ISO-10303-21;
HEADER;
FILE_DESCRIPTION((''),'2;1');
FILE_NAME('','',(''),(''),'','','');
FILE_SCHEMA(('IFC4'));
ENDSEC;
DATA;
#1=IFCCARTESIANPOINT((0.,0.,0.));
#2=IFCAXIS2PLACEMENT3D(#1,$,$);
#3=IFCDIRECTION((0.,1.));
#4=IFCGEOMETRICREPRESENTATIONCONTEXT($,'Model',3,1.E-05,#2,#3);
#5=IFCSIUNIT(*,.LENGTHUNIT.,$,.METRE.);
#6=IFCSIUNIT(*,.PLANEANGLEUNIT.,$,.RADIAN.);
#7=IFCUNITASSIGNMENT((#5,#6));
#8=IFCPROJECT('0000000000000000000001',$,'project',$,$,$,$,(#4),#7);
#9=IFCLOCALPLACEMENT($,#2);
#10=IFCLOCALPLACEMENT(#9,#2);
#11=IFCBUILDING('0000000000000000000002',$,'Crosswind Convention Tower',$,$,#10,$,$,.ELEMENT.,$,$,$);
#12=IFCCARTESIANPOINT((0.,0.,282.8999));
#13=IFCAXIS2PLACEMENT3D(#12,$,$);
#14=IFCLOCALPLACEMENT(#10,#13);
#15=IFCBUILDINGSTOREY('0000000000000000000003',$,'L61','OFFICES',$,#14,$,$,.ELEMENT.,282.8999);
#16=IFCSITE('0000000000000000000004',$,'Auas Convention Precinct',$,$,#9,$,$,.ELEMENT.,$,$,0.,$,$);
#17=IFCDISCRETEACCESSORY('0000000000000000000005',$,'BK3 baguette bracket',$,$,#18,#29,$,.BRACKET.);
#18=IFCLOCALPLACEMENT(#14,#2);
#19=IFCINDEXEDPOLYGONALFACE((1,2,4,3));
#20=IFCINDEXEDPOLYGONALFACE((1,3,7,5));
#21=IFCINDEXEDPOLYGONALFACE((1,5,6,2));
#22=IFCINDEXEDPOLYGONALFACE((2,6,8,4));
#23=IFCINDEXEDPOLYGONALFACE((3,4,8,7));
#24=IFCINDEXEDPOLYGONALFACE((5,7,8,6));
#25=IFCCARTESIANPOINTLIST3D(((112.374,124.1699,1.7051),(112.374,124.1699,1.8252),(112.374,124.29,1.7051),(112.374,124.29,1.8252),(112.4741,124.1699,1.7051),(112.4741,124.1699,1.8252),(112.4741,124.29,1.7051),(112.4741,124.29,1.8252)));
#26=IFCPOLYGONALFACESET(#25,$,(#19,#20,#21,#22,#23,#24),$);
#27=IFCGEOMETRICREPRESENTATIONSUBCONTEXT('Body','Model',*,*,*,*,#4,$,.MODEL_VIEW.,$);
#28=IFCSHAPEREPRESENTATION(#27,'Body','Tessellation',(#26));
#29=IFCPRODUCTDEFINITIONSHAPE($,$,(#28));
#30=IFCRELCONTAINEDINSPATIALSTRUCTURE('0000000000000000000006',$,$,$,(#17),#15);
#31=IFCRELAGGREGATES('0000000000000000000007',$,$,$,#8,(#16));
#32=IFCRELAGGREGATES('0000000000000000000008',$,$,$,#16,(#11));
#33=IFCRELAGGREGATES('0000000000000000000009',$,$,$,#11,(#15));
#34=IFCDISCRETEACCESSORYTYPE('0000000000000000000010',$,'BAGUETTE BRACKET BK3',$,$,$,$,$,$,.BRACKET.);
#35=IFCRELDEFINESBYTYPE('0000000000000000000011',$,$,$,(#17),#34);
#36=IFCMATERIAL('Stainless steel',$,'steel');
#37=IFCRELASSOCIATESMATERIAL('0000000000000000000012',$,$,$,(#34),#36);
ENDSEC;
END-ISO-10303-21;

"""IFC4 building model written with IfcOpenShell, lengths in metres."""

from ifc_helpers import new_model, si_unit, direction, frame, origin, origin_2d, place, context, subcontext, project, spatial, rectangle, extrude, material, type_object, element, save


model = new_model("IFC4")

# Units and contexts
model_context = context("Model", 3, precision=1e-05, world=origin(), true_north=direction((0.0, 1.0)))
body_context = subcontext(model_context, "Body", "Model", "MODEL_VIEW")
ifc_project = project(units=[si_unit("LENGTHUNIT", "METRE"), si_unit("PLANEANGLEUNIT", "RADIAN")], contexts=[model_context])

# Site, building, storey
site_placement = place(None, origin())
site = spatial("IfcSite", under=ifc_project, at=site_placement, Name="Auas Convention Precinct", CompositionType="ELEMENT", RefElevation=0.0)
building_placement = place(site_placement, origin())
building = spatial("IfcBuilding", under=site, at=building_placement, Name="Crosswind Convention Tower", CompositionType="ELEMENT")
storey_placement = place(building_placement, frame((0.0, 0.0, 282.8999)))
storey = spatial("IfcBuildingStorey", under=building, at=storey_placement, Name="L61", Description="OFFICES", CompositionType="ELEMENT", Elevation=282.8999)

# Discrete accessory
ifc_material_1 = material(Name="Stainless steel", Category="steel")
discrete_accessory_type = type_object("IfcDiscreteAccessoryType", Name="BAGUETTE BRACKET BK3", PredefinedType="BRACKET", material=ifc_material_1)
discrete_accessory_placement = place(storey_placement, frame((112.4241, 124.23, 1.7051), z_axis=(0.0, 0.0, 1.0), x_axis=(0.0, -1.0, 0.0)))
element("IfcDiscreteAccessory", 1, at=discrete_accessory_placement, inside=storey, type_object=discrete_accessory_type, Name="BK3 baguette bracket", PredefinedType="BRACKET", context=body_context, shape_type="SweptSolid", body=[
    extrude(rectangle(XDim=0.1201, YDim=0.1001, at=origin_2d()), origin(), (0.0, 0.0, 1.0), 0.1201),
])

save(model, "model.ifc")
